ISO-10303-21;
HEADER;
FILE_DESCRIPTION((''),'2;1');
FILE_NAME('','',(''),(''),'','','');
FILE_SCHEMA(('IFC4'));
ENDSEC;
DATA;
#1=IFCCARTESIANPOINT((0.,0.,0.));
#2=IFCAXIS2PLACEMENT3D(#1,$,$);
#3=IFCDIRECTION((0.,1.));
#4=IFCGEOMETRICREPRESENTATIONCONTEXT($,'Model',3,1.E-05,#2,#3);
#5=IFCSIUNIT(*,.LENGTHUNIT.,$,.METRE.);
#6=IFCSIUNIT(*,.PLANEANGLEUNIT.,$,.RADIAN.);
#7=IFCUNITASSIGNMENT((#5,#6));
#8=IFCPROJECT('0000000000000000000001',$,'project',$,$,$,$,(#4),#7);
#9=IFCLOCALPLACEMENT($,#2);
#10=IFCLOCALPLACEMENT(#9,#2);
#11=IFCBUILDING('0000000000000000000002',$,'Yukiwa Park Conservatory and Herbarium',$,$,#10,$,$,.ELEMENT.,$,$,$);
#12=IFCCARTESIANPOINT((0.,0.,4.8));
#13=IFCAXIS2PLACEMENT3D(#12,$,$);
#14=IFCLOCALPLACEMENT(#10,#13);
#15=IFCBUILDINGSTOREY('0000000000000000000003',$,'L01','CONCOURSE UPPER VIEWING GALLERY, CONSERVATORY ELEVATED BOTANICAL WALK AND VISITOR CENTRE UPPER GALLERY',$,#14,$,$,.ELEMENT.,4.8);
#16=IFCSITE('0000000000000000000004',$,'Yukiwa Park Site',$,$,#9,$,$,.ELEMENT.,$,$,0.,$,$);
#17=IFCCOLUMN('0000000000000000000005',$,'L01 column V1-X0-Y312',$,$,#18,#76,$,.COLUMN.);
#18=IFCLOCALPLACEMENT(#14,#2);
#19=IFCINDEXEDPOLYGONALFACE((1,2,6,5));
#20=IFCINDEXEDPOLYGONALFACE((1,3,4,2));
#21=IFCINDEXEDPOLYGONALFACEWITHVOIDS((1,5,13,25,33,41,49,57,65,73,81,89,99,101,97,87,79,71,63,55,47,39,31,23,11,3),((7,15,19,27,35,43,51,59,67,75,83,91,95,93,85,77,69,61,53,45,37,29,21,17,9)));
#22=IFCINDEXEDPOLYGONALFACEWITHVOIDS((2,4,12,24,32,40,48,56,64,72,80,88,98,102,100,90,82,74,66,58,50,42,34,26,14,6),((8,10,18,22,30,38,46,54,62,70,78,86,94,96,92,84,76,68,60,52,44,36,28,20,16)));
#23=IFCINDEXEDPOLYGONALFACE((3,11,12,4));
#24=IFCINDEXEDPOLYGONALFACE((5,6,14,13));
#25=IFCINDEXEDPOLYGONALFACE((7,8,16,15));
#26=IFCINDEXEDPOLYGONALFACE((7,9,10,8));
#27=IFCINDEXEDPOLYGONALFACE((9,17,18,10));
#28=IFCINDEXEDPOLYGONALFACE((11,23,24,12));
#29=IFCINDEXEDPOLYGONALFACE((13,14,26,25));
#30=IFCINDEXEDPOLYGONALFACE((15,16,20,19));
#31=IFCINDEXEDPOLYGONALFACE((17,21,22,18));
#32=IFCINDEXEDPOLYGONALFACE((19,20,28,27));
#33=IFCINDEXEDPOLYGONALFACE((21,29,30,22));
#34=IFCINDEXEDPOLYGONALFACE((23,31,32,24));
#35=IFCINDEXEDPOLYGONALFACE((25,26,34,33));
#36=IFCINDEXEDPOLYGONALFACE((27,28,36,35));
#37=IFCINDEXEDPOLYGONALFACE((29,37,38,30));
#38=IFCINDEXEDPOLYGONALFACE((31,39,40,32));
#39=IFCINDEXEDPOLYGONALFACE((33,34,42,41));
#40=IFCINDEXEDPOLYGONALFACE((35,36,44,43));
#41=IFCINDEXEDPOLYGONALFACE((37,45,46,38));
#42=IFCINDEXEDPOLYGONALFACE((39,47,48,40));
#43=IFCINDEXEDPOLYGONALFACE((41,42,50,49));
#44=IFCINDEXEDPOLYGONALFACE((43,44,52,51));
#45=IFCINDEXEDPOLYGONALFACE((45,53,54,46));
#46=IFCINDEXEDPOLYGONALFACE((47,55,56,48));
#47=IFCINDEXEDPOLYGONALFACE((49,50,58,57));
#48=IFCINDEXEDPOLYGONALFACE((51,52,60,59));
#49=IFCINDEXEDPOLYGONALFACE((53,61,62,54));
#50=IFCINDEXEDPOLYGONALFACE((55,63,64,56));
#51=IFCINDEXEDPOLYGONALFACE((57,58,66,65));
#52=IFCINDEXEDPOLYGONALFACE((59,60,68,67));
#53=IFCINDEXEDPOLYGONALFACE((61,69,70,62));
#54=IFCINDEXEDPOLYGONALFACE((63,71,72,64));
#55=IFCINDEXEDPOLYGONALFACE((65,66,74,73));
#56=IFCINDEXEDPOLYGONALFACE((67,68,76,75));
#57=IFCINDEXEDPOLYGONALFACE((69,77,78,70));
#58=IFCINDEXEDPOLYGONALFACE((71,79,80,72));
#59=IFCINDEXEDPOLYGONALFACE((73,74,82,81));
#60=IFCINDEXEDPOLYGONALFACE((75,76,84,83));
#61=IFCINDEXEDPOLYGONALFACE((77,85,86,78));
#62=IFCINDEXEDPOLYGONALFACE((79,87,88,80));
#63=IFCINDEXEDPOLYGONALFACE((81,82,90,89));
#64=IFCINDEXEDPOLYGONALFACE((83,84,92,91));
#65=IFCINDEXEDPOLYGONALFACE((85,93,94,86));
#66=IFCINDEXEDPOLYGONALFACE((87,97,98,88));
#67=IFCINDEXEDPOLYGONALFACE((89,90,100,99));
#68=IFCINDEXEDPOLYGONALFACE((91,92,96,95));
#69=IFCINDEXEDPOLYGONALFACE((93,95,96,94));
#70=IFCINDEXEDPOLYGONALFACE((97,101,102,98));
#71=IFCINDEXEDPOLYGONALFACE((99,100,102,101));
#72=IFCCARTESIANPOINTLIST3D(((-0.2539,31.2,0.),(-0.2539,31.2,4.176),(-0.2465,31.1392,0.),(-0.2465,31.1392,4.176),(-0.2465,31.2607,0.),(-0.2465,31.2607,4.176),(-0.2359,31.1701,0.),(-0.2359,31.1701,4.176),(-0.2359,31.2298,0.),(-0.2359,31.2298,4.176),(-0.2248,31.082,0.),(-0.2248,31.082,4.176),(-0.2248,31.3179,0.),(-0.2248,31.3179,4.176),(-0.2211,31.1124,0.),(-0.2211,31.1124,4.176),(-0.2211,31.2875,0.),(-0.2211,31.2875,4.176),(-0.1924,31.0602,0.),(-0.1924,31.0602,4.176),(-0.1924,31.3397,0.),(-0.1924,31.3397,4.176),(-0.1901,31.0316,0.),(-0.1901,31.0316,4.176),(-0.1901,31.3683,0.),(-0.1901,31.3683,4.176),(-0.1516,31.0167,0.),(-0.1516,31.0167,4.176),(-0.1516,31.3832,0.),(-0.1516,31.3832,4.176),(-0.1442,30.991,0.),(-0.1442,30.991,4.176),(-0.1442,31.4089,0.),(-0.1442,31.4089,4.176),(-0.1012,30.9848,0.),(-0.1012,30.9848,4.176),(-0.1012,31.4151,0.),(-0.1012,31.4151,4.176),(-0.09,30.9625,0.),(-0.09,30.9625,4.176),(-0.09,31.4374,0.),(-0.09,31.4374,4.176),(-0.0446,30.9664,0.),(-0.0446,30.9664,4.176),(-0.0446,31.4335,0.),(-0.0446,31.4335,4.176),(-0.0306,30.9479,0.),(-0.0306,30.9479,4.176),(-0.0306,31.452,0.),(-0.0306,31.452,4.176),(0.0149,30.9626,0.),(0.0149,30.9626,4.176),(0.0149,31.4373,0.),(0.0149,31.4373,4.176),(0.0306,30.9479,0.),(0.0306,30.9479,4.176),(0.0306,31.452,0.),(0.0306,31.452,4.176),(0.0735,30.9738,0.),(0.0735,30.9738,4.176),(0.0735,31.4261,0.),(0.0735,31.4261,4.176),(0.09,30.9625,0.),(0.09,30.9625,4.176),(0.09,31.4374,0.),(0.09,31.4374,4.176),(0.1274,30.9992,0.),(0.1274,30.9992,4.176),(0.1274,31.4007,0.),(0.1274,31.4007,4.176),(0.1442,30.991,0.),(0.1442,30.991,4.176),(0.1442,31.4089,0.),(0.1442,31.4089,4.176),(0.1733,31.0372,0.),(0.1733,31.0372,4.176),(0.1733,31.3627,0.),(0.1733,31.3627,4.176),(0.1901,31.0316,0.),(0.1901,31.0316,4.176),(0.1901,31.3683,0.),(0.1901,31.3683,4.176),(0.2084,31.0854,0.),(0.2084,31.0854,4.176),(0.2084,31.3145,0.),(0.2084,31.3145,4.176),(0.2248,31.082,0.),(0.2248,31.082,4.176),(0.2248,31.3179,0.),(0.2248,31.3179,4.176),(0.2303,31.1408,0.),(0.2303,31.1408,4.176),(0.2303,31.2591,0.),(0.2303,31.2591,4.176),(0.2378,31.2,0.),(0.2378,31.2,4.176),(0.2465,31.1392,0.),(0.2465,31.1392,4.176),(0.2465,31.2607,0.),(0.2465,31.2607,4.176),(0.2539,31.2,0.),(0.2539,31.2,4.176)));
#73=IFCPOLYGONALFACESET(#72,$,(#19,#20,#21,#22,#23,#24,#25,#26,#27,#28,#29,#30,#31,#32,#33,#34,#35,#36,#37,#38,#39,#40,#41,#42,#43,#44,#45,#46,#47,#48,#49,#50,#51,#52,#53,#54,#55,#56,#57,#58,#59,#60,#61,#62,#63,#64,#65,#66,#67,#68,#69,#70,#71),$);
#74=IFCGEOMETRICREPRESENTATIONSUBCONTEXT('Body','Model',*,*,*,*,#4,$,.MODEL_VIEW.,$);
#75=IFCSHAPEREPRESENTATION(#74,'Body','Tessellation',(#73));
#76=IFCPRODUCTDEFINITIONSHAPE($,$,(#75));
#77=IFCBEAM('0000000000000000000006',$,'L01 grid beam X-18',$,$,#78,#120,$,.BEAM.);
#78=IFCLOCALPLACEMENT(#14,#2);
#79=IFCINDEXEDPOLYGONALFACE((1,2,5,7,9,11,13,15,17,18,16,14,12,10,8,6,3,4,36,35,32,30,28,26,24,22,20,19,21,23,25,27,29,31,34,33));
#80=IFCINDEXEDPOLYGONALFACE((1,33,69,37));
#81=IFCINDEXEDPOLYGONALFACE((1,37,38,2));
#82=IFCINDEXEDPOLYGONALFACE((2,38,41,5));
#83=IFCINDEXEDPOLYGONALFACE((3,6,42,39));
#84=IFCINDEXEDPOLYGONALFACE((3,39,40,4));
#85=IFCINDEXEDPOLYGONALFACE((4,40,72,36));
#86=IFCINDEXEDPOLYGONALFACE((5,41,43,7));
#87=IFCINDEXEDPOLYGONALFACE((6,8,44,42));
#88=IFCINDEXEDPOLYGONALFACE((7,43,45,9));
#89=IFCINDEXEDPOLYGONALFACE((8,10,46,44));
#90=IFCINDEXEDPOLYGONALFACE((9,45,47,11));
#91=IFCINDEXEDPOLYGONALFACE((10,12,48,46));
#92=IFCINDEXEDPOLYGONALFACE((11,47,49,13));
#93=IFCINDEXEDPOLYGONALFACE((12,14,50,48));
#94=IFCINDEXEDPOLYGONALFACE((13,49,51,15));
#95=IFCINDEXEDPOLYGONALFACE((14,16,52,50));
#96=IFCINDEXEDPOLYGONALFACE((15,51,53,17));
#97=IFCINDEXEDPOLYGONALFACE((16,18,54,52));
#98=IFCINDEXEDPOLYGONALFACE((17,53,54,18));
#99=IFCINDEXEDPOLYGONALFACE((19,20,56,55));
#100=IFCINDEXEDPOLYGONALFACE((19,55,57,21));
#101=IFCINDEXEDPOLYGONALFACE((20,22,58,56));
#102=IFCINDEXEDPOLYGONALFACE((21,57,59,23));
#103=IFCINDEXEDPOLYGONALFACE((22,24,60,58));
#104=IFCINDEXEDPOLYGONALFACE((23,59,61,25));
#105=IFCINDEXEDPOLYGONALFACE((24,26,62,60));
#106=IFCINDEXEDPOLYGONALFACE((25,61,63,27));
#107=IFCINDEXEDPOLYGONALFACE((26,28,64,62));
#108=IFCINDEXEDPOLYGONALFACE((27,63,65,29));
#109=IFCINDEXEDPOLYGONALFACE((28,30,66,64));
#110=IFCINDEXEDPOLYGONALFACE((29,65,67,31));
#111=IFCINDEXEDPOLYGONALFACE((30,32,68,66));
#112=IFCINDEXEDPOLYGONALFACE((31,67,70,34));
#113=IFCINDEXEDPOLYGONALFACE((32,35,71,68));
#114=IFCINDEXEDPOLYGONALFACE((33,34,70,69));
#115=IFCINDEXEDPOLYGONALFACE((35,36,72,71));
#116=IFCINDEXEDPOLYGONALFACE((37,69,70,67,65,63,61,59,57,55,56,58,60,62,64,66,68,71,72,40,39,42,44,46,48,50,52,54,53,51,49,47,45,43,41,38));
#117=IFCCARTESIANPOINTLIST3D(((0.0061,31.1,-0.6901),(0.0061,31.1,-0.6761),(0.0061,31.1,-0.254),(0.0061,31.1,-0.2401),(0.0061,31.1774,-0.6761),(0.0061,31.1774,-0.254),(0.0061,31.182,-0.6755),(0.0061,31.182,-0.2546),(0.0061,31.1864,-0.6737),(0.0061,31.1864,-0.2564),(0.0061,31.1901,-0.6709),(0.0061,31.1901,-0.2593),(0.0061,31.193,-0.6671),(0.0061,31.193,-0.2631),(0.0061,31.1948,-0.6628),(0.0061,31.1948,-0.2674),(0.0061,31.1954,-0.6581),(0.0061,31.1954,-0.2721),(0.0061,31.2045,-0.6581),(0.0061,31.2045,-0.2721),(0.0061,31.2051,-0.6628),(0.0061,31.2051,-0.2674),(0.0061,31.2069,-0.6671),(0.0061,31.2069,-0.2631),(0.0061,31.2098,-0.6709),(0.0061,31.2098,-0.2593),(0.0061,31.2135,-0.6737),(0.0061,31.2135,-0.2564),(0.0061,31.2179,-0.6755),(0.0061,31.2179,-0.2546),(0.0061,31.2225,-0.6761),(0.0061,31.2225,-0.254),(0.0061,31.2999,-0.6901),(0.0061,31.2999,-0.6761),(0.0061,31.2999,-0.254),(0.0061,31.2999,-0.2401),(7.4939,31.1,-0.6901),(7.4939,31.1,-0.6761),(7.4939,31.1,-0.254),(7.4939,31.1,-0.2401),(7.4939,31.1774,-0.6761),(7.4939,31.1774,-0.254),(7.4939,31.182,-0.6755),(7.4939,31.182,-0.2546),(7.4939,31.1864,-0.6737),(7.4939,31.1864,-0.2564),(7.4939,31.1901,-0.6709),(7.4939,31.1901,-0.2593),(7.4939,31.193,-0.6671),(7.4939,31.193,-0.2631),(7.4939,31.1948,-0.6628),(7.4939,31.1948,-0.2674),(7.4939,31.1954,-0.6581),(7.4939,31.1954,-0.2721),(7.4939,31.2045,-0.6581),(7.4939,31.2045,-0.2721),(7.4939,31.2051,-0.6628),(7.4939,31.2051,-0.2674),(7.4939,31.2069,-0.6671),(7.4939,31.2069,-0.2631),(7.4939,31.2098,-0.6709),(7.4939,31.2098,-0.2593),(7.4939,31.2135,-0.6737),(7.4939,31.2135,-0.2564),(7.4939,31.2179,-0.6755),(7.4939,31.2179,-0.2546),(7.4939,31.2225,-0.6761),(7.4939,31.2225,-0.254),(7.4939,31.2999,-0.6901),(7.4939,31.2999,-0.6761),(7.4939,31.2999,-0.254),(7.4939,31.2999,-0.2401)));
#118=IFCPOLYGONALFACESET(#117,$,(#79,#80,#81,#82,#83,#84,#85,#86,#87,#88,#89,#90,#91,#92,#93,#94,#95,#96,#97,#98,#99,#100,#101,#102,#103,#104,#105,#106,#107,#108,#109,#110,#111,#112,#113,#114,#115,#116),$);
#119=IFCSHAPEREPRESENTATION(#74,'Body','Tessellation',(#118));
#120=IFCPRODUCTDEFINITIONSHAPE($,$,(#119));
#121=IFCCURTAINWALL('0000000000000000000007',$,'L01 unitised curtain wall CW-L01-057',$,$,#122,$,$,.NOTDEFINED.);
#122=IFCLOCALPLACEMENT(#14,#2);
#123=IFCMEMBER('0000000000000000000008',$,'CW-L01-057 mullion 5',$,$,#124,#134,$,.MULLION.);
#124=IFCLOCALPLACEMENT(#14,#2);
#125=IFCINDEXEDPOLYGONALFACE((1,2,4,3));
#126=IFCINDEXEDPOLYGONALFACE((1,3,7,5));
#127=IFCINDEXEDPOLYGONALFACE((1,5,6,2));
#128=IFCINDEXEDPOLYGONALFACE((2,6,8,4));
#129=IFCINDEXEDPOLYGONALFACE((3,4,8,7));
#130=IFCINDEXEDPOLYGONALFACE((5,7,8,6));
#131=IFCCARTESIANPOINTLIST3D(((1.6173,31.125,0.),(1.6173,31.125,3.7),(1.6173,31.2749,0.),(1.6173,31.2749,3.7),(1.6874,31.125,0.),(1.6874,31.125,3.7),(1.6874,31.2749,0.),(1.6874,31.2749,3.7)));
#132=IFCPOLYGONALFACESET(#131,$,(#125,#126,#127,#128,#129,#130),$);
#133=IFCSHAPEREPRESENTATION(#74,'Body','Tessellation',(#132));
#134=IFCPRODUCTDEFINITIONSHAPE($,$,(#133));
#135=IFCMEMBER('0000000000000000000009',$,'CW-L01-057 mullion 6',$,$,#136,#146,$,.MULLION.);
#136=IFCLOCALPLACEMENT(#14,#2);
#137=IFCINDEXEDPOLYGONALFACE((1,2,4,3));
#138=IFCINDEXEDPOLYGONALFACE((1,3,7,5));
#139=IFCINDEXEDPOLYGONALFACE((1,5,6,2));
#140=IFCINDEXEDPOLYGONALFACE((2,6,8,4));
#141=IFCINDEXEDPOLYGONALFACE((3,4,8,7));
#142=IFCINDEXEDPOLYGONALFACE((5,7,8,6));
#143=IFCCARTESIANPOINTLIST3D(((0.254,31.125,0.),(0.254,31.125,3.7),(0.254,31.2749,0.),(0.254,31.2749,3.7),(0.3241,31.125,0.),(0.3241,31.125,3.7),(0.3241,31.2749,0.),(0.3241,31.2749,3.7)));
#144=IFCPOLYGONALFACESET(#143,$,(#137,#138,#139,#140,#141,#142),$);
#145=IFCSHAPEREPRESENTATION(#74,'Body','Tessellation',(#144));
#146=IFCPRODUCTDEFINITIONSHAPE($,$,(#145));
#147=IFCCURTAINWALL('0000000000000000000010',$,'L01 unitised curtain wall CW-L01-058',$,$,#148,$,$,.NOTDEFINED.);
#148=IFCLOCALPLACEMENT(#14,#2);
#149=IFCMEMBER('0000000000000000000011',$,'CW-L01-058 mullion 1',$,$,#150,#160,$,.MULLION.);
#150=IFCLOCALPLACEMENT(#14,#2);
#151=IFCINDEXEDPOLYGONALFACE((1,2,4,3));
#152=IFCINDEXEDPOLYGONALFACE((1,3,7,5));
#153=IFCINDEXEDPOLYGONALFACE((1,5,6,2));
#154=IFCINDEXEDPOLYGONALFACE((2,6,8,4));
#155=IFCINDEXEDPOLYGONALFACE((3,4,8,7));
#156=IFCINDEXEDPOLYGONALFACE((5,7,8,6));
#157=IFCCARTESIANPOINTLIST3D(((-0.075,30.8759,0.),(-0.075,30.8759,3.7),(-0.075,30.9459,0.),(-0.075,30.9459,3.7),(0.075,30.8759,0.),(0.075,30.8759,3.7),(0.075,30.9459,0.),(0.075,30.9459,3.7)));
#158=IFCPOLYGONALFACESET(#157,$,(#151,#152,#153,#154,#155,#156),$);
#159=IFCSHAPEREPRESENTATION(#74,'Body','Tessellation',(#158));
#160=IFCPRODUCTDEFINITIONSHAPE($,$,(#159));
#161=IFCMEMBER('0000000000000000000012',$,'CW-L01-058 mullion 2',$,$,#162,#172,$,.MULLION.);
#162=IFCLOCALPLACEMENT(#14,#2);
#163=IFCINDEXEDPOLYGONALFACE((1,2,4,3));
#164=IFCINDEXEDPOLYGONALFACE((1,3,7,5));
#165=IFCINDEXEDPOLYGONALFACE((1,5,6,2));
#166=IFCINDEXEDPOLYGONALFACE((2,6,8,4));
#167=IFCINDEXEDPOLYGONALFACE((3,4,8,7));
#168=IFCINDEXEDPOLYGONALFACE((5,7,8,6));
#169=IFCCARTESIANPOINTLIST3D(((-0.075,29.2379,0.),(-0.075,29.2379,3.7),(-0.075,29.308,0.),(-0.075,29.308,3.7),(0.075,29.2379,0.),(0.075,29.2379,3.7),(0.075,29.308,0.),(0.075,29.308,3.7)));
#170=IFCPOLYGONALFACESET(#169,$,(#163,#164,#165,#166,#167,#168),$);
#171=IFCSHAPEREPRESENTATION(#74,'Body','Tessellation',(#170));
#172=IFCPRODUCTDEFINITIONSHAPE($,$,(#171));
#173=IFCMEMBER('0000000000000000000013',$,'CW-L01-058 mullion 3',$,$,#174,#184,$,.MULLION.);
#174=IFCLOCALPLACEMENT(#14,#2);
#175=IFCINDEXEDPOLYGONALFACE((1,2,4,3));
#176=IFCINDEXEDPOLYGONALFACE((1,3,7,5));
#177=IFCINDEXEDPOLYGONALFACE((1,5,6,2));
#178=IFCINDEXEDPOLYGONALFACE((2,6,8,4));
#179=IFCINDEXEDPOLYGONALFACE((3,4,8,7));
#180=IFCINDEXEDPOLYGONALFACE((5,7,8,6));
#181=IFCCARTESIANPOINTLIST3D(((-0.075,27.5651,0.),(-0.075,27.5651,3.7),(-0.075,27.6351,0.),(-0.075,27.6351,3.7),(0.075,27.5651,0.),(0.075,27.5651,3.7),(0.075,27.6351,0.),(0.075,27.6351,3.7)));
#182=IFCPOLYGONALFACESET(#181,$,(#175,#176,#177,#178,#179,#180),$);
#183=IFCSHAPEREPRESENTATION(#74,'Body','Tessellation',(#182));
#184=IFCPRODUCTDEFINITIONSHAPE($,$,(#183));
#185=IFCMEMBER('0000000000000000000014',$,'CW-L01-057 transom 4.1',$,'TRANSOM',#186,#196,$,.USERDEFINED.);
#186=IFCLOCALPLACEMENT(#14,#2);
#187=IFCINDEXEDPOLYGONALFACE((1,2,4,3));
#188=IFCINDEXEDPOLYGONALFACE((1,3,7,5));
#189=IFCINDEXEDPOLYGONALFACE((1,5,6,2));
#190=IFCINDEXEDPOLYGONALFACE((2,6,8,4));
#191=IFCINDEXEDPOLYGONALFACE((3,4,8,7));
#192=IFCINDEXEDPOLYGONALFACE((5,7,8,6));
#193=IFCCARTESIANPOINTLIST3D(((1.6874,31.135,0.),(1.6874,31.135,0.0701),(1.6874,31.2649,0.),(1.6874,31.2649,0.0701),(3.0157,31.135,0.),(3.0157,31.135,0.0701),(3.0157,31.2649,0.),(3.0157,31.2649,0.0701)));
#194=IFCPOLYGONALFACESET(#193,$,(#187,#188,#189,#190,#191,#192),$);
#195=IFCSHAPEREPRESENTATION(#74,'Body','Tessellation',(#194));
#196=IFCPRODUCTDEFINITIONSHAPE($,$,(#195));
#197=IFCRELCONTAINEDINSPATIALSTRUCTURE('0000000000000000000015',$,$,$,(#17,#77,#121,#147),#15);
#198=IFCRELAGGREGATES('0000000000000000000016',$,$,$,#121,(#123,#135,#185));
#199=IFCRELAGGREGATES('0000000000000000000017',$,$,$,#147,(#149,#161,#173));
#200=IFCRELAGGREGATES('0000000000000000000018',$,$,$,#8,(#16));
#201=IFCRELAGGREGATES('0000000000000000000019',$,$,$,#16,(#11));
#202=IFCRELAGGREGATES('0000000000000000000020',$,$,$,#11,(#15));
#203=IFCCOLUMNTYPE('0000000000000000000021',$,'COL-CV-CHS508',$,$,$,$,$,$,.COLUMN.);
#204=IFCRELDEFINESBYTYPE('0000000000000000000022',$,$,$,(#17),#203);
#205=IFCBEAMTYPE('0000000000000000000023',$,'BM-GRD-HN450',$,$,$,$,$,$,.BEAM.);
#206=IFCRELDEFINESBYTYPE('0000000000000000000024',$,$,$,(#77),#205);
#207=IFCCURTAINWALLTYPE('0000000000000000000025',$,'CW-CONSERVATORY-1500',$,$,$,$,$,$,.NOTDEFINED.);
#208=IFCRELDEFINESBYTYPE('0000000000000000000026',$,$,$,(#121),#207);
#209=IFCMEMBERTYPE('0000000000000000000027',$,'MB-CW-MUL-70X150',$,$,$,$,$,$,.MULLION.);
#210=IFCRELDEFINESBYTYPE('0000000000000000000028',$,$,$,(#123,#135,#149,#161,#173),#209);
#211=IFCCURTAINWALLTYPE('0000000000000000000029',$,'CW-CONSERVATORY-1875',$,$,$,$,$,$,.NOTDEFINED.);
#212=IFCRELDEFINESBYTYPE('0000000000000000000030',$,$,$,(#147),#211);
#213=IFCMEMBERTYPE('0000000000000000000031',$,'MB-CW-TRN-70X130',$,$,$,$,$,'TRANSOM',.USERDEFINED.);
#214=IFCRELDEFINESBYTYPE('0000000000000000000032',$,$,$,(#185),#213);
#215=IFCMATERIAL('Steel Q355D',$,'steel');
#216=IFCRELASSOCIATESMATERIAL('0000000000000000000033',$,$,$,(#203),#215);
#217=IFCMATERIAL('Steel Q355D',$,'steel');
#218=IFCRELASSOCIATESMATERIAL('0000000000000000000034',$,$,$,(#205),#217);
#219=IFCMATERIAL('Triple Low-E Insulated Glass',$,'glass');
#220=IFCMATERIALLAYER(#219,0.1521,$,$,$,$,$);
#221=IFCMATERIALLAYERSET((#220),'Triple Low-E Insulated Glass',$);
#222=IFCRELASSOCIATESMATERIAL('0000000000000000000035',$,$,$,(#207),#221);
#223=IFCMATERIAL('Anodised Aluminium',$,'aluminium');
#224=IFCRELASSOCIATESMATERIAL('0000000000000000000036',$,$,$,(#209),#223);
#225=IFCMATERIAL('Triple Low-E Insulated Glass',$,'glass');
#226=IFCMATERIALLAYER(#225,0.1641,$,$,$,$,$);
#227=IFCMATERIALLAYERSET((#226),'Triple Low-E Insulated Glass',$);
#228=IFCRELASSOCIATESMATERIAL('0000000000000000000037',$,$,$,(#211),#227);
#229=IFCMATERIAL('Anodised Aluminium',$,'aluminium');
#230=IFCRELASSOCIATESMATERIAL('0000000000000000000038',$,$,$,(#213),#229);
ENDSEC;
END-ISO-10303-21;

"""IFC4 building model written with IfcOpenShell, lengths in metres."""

from ifc_helpers import new_model, si_unit, direction, frame, origin, origin_2d, place, context, subcontext, project, spatial, rectangle, hollow_circle, i_section, extrude, material, layer, layer_set, material_profile, profile_set, type_object, element, aggregate, save


model = new_model("IFC4")

# Units and contexts
model_context = context("Model", 3, precision=1e-05, world=origin(), true_north=direction((0.0, 1.0)))
body_context = subcontext(model_context, "Body", "Model", "MODEL_VIEW")
ifc_project = project(units=[si_unit("LENGTHUNIT", "METRE"), si_unit("PLANEANGLEUNIT", "RADIAN")], contexts=[model_context])

# Site, building, storey
site_placement = place(None, origin())
site = spatial("IfcSite", under=ifc_project, at=site_placement, Name="Yukiwa Park Site", CompositionType="ELEMENT", RefElevation=0.0)
building_placement = place(site_placement, origin())
building = spatial("IfcBuilding", under=site, at=building_placement, Name="Yukiwa Park Conservatory and Herbarium", CompositionType="ELEMENT")
storey_placement = place(building_placement, frame((0.0, 0.0, 4.8)))
storey = spatial("IfcBuildingStorey", under=building, at=storey_placement, Name="L01", Description="CONCOURSE UPPER VIEWING GALLERY, CONSERVATORY ELEVATED BOTANICAL WALK AND VISITOR CENTRE UPPER GALLERY", CompositionType="ELEMENT", Elevation=4.8)

# Column
ifc_material_1 = material(Name="Steel Q355D", Category="steel")
ifc_material_profile_1 = material_profile(ifc_material_1, hollow_circle(Radius=0.2539, WallThickness=0.0161, at=origin_2d()), Name="CHS 508x16")
ifc_profile_set_1 = profile_set([ifc_material_profile_1], Name="Steel Q355D")
column_type = type_object("IfcColumnType", Name="COL-CV-CHS508", PredefinedType="COLUMN", material=ifc_profile_set_1)
column_placement = place(storey_placement, frame((0.0, 31.2, 0.0), z_axis=(0.0, 0.0, 1.0), x_axis=(1.0, 0.0, 0.0)))
element("IfcColumn", 1, at=column_placement, inside=storey, type_object=column_type, Name="L01 column V1-X0-Y312", PredefinedType="COLUMN", context=body_context, shape_type="SweptSolid", body=[
    extrude(hollow_circle(Radius=0.2539, WallThickness=0.0161, at=origin_2d()), origin(), (0.0, 0.0, 1.0), 4.176),
])

# Beam
ifc_material_2 = material(Name="Steel Q355D", Category="steel")
ifc_material_profile_2 = material_profile(ifc_material_2, i_section(OverallWidth=0.2, OverallDepth=0.45, WebThickness=0.009, FlangeThickness=0.0139, FilletRadius=0.0181, at=origin_2d()), Name="HN 450x200x9x14")
ifc_profile_set_2 = profile_set([ifc_material_profile_2], Name="Steel Q355D")
beam_type = type_object("IfcBeamType", Name="BM-GRD-HN450", PredefinedType="BEAM", material=ifc_profile_set_2)
beam_placement = place(storey_placement, frame((0.0061, 31.2, -0.4651), z_axis=(1.0, 0.0, 0.0), x_axis=(0.0, 1.0, 0.0)))
element("IfcBeam", 2, at=beam_placement, inside=storey, type_object=beam_type, Name="L01 grid beam X-18", PredefinedType="BEAM", context=body_context, shape_type="SweptSolid", body=[
    extrude(i_section(OverallWidth=0.2, OverallDepth=0.45, WebThickness=0.009, FlangeThickness=0.0139, FilletRadius=0.0181, at=origin_2d()), origin(), (0.0, 0.0, 1.0), 7.4878),
])

# Curtain walls, members
ifc_material_3 = material(Name="Triple Low-E Insulated Glass", Category="glass")
ifc_layer_1 = layer(ifc_material_3, 0.1521)
ifc_layer_set_1 = layer_set([ifc_layer_1], Name="Triple Low-E Insulated Glass")
curtain_wall_type_1 = type_object("IfcCurtainWallType", Name="CW-CONSERVATORY-1500", PredefinedType="NOTDEFINED", material=ifc_layer_set_1)
curtain_wall_1_placement = place(storey_placement, origin())
curtain_wall_1 = element("IfcCurtainWall", 3, at=curtain_wall_1_placement, inside=storey, type_object=curtain_wall_type_1, Name="L01 unitised curtain wall CW-L01-057", PredefinedType="NOTDEFINED")
ifc_material_4 = material(Name="Anodised Aluminium", Category="aluminium")
member_type_1 = type_object("IfcMemberType", Name="MB-CW-MUL-70X150", PredefinedType="MULLION", material=ifc_material_4)
member_1_placement = place(storey_placement, frame((1.6523, 31.2, 0.0), z_axis=(0.0, 0.0, 1.0), x_axis=(-1.0, 0.0, 0.0)))
member_1 = element("IfcMember", 4, at=member_1_placement, type_object=member_type_1, Name="CW-L01-057 mullion 5", PredefinedType="MULLION", context=body_context, shape_type="SweptSolid", body=[
    extrude(rectangle(XDim=0.0701, YDim=0.1499, at=origin_2d()), origin(), (0.0, 0.0, 1.0), 3.7),
])
member_2_placement = place(storey_placement, frame((0.2891, 31.2, 0.0), z_axis=(0.0, 0.0, 1.0), x_axis=(-1.0, 0.0, 0.0)))
member_2 = element("IfcMember", 5, at=member_2_placement, type_object=member_type_1, Name="CW-L01-057 mullion 6", PredefinedType="MULLION", context=body_context, shape_type="SweptSolid", body=[
    extrude(rectangle(XDim=0.0701, YDim=0.1499, at=origin_2d()), origin(), (0.0, 0.0, 1.0), 3.7),
])
ifc_material_5 = material(Name="Triple Low-E Insulated Glass", Category="glass")
ifc_layer_2 = layer(ifc_material_5, 0.1641)
ifc_layer_set_2 = layer_set([ifc_layer_2], Name="Triple Low-E Insulated Glass")
curtain_wall_type_2 = type_object("IfcCurtainWallType", Name="CW-CONSERVATORY-1875", PredefinedType="NOTDEFINED", material=ifc_layer_set_2)
curtain_wall_2_placement = place(storey_placement, origin())
curtain_wall_2 = element("IfcCurtainWall", 6, at=curtain_wall_2_placement, inside=storey, type_object=curtain_wall_type_2, Name="L01 unitised curtain wall CW-L01-058", PredefinedType="NOTDEFINED")
member_3_placement = place(storey_placement, frame((0.0, 30.9109, 0.0), z_axis=(0.0, 0.0, 1.0), x_axis=(0.0, -1.0, 0.0)))
member_3 = element("IfcMember", 7, at=member_3_placement, type_object=member_type_1, Name="CW-L01-058 mullion 1", PredefinedType="MULLION", context=body_context, shape_type="SweptSolid", body=[
    extrude(rectangle(XDim=0.0701, YDim=0.1499, at=origin_2d()), origin(), (0.0, 0.0, 1.0), 3.7),
])
member_4_placement = place(storey_placement, frame((0.0, 29.2729, 0.0), z_axis=(0.0, 0.0, 1.0), x_axis=(0.0, -1.0, 0.0)))
member_4 = element("IfcMember", 8, at=member_4_placement, type_object=member_type_1, Name="CW-L01-058 mullion 2", PredefinedType="MULLION", context=body_context, shape_type="SweptSolid", body=[
    extrude(rectangle(XDim=0.0701, YDim=0.1499, at=origin_2d()), origin(), (0.0, 0.0, 1.0), 3.7),
])
member_5_placement = place(storey_placement, frame((0.0, 27.6001, 0.0), z_axis=(0.0, 0.0, 1.0), x_axis=(0.0, -1.0, 0.0)))
member_5 = element("IfcMember", 9, at=member_5_placement, type_object=member_type_1, Name="CW-L01-058 mullion 3", PredefinedType="MULLION", context=body_context, shape_type="SweptSolid", body=[
    extrude(rectangle(XDim=0.0701, YDim=0.1499, at=origin_2d()), origin(), (0.0, 0.0, 1.0), 3.7),
])

# Member
ifc_material_6 = material(Name="Anodised Aluminium", Category="aluminium")
member_type_2 = type_object("IfcMemberType", Name="MB-CW-TRN-70X130", ElementType="TRANSOM", PredefinedType="USERDEFINED", material=ifc_material_6)
member_6_placement = place(storey_placement, frame((2.3516, 31.2, 0.0), z_axis=(0.0, 0.0, 1.0), x_axis=(-1.0, 0.0, 0.0)))
member_6 = element("IfcMember", 10, at=member_6_placement, type_object=member_type_2, Name="CW-L01-057 transom 4.1", ObjectType="TRANSOM", PredefinedType="USERDEFINED", context=body_context, shape_type="SweptSolid", body=[
    extrude(rectangle(XDim=1.3284, YDim=0.1299, at=origin_2d()), origin(), (0.0, 0.0, 1.0), 0.0701),
])

aggregate(curtain_wall_1, [member_1, member_2, member_6])
aggregate(curtain_wall_2, [member_3, member_4, member_5])

save(model, "model.ifc")
